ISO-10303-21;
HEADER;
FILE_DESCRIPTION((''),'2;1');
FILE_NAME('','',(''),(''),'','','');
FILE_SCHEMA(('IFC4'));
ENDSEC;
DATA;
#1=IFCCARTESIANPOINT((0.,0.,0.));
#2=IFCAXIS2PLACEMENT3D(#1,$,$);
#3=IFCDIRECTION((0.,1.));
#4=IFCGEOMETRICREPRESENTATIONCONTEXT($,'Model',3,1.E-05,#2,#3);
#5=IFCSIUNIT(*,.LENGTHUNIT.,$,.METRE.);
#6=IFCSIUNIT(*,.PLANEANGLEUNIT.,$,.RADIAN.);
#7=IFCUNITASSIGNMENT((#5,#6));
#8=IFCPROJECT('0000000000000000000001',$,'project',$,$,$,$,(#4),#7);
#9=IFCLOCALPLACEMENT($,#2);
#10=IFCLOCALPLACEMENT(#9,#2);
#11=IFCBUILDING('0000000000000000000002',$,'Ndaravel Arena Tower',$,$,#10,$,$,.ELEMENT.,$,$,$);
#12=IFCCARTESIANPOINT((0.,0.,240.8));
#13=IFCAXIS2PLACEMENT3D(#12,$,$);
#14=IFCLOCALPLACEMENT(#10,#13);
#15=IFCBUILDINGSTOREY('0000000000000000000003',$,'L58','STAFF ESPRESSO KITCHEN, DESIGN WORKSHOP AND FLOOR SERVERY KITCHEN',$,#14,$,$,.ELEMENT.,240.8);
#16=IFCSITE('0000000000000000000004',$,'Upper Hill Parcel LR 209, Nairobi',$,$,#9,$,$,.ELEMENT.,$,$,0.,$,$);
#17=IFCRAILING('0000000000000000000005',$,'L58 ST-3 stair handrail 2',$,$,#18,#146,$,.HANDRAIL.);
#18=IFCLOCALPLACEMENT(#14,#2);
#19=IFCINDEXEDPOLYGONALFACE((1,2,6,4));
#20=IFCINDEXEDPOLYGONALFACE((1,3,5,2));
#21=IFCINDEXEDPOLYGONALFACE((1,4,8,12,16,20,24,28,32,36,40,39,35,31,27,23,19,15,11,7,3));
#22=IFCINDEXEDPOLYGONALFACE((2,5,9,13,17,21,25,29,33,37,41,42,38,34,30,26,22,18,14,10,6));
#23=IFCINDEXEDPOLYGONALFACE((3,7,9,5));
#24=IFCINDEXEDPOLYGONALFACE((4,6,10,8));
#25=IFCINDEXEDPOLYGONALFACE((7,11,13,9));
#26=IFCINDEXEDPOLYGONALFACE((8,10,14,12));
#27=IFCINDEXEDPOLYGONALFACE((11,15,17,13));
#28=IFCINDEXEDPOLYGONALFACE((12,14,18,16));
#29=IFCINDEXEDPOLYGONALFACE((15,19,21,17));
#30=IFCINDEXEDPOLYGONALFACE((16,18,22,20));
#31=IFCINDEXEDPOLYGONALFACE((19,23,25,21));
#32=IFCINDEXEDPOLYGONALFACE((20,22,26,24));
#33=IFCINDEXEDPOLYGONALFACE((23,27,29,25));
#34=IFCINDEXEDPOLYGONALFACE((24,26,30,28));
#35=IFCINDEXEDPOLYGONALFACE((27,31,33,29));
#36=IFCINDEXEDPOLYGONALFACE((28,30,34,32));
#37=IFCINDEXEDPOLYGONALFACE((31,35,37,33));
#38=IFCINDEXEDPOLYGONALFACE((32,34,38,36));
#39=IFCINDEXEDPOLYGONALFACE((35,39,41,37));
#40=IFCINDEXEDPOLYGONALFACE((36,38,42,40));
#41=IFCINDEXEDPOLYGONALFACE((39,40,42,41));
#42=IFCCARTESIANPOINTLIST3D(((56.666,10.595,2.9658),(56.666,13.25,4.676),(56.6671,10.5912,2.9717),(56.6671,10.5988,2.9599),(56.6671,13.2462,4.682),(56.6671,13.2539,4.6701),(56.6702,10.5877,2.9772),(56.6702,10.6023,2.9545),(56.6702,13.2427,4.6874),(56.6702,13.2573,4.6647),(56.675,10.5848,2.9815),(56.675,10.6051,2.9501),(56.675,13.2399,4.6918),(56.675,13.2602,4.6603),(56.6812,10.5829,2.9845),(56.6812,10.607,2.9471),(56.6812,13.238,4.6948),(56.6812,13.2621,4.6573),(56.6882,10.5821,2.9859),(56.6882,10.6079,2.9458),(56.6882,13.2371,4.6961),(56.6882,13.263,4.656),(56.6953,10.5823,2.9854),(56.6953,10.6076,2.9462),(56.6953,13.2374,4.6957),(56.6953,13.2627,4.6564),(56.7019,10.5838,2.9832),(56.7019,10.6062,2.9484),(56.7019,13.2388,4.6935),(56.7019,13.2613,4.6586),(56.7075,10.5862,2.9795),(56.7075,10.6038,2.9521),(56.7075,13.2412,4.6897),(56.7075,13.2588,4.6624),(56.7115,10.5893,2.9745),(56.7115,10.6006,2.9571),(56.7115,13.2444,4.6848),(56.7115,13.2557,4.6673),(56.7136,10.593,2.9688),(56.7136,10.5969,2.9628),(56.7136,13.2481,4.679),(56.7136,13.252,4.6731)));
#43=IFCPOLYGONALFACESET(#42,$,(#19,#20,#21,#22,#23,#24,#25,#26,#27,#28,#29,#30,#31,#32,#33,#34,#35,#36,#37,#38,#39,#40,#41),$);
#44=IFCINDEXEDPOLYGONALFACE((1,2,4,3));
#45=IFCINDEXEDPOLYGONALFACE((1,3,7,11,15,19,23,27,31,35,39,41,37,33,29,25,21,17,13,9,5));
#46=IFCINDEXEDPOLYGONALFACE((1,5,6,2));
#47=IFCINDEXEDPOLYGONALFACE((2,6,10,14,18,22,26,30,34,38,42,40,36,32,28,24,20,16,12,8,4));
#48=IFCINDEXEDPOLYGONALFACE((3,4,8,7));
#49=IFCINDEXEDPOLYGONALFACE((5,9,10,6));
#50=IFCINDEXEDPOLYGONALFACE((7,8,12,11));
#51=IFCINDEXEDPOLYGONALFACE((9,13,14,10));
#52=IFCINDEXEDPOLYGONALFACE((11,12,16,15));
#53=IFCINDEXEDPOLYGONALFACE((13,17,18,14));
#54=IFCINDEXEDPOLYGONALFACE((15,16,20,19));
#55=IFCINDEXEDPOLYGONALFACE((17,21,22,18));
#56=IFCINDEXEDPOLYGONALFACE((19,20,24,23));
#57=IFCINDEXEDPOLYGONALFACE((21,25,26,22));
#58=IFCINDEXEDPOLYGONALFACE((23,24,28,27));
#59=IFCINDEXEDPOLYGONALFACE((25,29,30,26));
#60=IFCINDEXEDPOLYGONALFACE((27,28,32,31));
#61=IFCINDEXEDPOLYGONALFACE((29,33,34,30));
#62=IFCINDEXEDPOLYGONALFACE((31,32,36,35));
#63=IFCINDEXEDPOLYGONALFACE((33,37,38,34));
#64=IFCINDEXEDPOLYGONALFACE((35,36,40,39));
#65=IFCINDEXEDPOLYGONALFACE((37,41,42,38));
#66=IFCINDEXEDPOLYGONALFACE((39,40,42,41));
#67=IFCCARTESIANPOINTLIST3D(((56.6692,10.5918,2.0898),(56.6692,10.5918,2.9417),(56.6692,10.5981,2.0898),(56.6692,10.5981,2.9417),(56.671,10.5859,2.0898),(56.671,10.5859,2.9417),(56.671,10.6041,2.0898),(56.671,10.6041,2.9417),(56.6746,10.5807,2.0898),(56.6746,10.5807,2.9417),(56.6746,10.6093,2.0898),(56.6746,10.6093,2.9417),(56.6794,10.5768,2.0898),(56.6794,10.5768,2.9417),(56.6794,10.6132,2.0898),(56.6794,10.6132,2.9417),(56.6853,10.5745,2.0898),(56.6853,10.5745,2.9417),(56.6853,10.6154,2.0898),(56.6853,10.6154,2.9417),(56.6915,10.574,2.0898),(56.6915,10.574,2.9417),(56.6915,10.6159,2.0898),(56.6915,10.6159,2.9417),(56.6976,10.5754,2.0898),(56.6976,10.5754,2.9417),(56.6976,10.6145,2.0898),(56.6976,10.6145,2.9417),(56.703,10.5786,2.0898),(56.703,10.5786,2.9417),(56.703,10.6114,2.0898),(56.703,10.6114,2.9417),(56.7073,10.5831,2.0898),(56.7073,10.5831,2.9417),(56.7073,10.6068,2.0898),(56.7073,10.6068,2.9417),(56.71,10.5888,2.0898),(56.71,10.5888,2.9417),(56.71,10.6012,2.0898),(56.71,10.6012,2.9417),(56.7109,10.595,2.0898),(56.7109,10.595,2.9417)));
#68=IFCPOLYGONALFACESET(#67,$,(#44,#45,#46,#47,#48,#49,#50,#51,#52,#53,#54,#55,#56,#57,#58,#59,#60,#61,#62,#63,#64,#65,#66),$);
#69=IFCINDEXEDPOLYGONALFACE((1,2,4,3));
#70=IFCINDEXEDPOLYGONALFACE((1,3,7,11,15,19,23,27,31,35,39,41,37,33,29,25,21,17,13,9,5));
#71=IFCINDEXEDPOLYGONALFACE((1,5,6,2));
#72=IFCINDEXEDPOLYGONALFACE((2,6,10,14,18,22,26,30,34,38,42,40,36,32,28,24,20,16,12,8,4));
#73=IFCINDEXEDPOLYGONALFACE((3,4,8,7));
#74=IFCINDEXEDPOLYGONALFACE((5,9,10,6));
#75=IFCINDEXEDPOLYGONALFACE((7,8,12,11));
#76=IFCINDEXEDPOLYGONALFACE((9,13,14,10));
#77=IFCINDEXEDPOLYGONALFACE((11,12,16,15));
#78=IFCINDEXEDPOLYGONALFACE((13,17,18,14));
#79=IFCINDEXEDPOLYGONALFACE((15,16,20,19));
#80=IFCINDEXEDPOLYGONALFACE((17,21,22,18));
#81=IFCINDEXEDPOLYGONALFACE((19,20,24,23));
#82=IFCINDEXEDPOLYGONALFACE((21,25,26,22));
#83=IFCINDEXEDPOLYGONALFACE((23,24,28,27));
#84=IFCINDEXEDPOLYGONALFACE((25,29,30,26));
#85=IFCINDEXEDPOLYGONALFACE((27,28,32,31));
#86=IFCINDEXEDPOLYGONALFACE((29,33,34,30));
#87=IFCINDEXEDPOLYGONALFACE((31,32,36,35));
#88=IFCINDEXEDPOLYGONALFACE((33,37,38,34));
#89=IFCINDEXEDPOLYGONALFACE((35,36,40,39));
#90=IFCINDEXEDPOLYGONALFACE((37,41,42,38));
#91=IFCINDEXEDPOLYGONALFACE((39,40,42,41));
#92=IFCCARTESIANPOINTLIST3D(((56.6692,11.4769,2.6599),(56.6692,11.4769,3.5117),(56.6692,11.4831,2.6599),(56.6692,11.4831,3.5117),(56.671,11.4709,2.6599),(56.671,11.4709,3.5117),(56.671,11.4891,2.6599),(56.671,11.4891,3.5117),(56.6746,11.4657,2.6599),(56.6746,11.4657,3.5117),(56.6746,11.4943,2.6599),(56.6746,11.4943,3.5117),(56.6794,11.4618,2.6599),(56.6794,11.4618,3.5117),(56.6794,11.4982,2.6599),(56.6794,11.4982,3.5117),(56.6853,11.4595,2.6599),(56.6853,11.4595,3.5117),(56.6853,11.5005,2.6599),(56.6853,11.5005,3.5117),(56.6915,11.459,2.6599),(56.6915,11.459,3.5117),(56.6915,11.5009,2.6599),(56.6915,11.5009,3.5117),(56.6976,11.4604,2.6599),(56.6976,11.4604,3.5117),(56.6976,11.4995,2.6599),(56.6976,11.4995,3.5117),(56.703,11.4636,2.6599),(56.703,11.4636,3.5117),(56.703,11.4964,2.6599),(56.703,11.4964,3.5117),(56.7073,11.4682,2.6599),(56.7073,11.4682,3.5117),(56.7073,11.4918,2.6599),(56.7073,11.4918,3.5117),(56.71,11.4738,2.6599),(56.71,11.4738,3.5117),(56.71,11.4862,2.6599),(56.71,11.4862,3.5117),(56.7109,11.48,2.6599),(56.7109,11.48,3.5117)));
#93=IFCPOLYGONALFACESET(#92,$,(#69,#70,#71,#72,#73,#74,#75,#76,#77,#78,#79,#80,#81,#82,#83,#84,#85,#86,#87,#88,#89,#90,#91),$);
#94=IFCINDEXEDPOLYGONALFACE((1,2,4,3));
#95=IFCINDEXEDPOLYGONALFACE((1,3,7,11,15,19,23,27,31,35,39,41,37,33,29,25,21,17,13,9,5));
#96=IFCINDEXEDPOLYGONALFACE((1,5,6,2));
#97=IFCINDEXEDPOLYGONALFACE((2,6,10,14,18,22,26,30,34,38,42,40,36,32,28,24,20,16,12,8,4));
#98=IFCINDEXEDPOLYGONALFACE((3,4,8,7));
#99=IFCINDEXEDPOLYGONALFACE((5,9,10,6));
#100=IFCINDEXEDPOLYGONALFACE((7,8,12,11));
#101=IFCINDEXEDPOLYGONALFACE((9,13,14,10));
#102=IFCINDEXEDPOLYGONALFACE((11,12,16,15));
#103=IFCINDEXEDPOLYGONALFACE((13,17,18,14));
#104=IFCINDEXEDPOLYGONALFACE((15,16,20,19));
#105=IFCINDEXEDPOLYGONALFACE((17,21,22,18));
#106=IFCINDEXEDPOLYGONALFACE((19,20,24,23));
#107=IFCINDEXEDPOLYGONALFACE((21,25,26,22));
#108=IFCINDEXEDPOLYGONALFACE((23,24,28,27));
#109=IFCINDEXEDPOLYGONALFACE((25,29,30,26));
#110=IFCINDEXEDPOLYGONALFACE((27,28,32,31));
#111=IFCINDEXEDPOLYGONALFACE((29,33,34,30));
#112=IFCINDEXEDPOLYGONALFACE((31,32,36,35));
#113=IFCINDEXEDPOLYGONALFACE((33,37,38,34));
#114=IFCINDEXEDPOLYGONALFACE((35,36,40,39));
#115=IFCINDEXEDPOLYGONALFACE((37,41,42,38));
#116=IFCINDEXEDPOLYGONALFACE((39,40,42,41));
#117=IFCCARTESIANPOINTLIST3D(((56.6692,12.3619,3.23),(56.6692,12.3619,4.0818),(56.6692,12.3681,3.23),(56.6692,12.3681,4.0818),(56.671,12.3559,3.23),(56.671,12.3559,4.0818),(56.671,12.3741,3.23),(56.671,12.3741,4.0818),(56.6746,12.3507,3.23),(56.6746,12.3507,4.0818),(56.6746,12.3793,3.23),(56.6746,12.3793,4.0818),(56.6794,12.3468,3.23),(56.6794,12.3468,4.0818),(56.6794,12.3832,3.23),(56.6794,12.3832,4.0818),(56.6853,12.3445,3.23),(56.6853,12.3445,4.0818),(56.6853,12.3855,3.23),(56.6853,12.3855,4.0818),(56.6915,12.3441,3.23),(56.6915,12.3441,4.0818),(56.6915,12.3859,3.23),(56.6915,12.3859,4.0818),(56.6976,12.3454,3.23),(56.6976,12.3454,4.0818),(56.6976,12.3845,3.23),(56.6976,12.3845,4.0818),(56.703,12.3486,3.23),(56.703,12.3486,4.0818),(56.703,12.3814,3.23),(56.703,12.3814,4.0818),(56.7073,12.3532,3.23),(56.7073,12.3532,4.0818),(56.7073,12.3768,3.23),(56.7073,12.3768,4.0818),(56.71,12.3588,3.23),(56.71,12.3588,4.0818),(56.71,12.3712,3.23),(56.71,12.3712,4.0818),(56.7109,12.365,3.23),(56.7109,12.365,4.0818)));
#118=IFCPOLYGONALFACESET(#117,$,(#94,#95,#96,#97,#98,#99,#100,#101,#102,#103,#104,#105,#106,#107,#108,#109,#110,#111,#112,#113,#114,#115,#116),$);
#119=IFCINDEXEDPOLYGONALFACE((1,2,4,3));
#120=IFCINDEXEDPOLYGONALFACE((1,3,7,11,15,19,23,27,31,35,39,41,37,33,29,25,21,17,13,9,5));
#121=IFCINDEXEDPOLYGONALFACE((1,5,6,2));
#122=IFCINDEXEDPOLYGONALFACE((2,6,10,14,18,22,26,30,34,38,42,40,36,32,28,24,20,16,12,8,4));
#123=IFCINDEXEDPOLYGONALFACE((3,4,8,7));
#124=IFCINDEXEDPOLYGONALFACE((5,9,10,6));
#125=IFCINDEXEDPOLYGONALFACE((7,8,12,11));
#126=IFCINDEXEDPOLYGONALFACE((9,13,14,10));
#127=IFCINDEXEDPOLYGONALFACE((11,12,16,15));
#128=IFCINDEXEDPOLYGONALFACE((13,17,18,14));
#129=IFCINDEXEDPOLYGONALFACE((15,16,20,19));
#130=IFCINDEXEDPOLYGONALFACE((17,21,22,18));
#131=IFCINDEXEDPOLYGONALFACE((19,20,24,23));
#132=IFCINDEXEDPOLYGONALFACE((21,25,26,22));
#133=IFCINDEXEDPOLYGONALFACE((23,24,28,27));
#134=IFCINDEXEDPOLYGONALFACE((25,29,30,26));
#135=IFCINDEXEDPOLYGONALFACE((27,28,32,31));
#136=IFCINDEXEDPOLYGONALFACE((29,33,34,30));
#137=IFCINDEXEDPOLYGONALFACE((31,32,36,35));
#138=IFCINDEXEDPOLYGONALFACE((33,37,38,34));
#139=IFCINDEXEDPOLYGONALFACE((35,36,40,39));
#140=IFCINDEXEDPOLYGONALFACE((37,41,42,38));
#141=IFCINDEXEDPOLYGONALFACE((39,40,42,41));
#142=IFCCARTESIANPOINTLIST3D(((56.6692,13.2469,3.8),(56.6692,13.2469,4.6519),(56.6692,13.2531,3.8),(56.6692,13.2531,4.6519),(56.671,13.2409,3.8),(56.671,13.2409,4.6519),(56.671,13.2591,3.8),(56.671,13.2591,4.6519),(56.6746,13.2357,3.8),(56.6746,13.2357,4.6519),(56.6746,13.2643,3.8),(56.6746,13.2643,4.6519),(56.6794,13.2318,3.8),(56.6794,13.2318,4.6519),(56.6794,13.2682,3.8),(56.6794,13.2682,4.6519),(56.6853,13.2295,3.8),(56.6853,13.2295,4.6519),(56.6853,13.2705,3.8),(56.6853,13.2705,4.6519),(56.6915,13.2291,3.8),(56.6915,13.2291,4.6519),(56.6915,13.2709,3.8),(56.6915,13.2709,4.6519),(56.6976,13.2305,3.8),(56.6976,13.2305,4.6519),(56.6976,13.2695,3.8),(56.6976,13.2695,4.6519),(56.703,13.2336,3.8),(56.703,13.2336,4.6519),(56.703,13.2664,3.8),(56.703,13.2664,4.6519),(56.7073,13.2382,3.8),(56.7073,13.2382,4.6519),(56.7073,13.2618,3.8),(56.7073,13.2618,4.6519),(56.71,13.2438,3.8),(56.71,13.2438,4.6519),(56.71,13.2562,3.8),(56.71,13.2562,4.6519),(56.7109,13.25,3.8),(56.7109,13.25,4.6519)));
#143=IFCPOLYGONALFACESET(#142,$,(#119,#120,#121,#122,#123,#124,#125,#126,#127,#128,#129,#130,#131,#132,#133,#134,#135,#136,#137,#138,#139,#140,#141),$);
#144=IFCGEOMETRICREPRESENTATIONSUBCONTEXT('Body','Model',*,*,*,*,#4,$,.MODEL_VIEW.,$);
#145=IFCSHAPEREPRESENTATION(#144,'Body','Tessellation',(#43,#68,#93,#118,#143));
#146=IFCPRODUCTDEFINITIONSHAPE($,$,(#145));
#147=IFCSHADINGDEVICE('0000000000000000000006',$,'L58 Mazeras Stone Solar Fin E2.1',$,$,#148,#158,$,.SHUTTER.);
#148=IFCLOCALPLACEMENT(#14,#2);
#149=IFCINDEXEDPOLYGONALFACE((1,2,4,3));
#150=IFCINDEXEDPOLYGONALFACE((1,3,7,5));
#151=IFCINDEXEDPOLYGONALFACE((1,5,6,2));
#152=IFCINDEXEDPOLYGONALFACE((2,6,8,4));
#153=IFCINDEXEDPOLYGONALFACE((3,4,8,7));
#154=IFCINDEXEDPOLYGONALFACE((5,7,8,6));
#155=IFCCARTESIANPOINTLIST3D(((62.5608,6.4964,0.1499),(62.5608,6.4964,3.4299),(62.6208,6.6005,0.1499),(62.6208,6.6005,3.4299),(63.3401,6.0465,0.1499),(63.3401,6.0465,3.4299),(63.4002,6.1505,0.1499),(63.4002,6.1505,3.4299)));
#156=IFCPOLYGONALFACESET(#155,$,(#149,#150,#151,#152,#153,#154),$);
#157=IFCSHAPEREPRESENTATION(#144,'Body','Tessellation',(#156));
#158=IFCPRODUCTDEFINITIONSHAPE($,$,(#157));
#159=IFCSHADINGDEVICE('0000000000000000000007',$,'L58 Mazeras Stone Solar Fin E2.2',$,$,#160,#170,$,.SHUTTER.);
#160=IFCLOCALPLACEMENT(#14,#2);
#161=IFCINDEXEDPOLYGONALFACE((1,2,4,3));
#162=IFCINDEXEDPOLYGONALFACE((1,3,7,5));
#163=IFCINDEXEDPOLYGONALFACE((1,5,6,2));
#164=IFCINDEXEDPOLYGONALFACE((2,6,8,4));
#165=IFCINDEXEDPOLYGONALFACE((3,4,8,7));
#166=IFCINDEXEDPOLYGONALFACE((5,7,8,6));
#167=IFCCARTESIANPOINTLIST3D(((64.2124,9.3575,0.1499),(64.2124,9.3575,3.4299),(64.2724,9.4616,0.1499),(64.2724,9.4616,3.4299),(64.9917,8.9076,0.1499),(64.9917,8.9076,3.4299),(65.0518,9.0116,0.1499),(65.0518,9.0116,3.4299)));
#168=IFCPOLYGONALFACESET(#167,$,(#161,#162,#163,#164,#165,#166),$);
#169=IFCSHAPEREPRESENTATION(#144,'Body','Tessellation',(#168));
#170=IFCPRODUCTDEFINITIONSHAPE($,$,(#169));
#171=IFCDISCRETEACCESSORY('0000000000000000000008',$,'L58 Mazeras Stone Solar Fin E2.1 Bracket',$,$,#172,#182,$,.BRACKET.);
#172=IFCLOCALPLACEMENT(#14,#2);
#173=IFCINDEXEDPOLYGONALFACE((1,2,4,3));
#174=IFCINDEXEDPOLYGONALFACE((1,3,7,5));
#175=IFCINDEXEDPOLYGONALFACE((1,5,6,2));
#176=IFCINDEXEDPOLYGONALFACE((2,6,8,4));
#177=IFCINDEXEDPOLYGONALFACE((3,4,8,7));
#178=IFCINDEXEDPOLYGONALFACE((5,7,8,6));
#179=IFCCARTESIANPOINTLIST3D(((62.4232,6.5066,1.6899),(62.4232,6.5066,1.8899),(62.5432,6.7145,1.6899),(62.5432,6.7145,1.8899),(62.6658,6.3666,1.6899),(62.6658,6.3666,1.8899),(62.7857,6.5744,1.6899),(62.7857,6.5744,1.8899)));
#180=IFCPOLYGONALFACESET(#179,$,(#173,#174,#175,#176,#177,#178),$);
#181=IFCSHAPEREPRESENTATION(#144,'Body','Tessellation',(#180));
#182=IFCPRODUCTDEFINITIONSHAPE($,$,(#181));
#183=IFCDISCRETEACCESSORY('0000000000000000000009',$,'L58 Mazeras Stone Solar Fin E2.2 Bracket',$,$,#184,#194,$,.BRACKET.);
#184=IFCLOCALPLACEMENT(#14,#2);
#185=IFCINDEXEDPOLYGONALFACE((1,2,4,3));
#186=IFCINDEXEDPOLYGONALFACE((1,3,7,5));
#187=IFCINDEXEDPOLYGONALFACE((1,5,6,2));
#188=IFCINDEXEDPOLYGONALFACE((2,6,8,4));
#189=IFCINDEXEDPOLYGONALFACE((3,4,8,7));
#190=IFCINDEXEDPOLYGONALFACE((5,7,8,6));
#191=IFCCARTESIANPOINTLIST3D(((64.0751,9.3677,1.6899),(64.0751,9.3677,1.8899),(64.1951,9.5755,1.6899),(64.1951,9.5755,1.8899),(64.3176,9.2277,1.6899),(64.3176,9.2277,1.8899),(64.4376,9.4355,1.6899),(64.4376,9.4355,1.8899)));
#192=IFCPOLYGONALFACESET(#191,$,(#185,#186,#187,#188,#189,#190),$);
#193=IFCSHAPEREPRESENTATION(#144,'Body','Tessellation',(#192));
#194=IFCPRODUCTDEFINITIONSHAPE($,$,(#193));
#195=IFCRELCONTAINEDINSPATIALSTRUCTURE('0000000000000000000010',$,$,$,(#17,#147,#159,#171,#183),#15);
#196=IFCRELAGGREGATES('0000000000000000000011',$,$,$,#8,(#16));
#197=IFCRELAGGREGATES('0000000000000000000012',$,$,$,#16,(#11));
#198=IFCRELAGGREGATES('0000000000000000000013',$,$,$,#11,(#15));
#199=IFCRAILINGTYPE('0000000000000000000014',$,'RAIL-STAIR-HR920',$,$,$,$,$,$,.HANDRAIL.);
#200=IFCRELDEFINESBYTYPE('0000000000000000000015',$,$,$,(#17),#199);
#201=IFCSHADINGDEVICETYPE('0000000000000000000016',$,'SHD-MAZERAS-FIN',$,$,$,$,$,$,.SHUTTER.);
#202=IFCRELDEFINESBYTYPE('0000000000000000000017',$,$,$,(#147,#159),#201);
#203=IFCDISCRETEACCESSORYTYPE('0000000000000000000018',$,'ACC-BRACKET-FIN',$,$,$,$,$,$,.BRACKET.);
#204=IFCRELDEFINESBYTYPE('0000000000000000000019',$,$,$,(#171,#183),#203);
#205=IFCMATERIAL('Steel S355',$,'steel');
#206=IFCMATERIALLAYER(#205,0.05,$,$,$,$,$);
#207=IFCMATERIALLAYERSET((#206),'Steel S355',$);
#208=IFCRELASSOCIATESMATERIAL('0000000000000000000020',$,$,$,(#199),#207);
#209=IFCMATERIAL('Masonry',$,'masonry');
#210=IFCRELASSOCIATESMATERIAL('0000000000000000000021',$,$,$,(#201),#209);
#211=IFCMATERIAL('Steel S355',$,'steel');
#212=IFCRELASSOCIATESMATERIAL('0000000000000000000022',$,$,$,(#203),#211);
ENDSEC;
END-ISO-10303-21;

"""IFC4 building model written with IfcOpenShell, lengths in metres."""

from ifc_helpers import new_model, si_unit, direction, frame, origin, origin_2d, place, context, subcontext, project, spatial, rectangle, circle, extrude, material, layer, layer_set, type_object, element, save


model = new_model("IFC4")

# Units and contexts
model_context = context("Model", 3, precision=1e-05, world=origin(), true_north=direction((0.0, 1.0)))
body_context = subcontext(model_context, "Body", "Model", "MODEL_VIEW")
ifc_project = project(units=[si_unit("LENGTHUNIT", "METRE"), si_unit("PLANEANGLEUNIT", "RADIAN")], contexts=[model_context])

# Site, building, storey
site_placement = place(None, origin())
site = spatial("IfcSite", under=ifc_project, at=site_placement, Name="Upper Hill Parcel LR 209, Nairobi", CompositionType="ELEMENT", RefElevation=0.0)
building_placement = place(site_placement, origin())
building = spatial("IfcBuilding", under=site, at=building_placement, Name="Ndaravel Arena Tower", CompositionType="ELEMENT")
storey_placement = place(building_placement, frame((0.0, 0.0, 240.8)))
storey = spatial("IfcBuildingStorey", under=building, at=storey_placement, Name="L58", Description="STAFF ESPRESSO KITCHEN, DESIGN WORKSHOP AND FLOOR SERVERY KITCHEN", CompositionType="ELEMENT", Elevation=240.8)

# Railing
ifc_material_1 = material(Name="Steel S355", Category="steel")
ifc_layer_1 = layer(ifc_material_1, 0.05)
ifc_layer_set_1 = layer_set([ifc_layer_1], Name="Steel S355")
railing_type_1 = type_object("IfcRailingType", Name="RAIL-STAIR-HR920", PredefinedType="HANDRAIL", material=ifc_layer_set_1)
railing_1_placement = place(storey_placement, frame((56.6899, 10.595, 2.0898)))
element("IfcRailing", 1, at=railing_1_placement, inside=storey, type_object=railing_type_1, Name="L58 ST-3 stair handrail 2", PredefinedType="HANDRAIL", context=body_context, shape_type="SweptSolid", body=[
    extrude(circle(Radius=0.0239, at=origin_2d()), frame((0.0, 0.0, 0.876), z_axis=(0.0, 0.840688, 0.541519), x_axis=(-1.0, 0.0, 0.0)), (0.0, 0.0, 1.0), 3.1582),
    extrude(circle(Radius=0.021, at=origin_2d()), origin(), (0.0, 0.0, 1.0), 0.8518),
    extrude(circle(Radius=0.021, at=origin_2d()), frame((0.0, 0.885, 0.5701)), (0.0, 0.0, 1.0), 0.8518),
    extrude(circle(Radius=0.021, at=origin_2d()), frame((0.0, 1.77, 1.1401)), (0.0, 0.0, 1.0), 0.8518),
    extrude(circle(Radius=0.021, at=origin_2d()), frame((0.0, 2.655, 1.7102)), (0.0, 0.0, 1.0), 0.8518),
])

# Shading devices
ifc_material_2 = material(Name="Masonry", Category="masonry")
shading_device_type = type_object("IfcShadingDeviceType", Name="SHD-MAZERAS-FIN", PredefinedType="SHUTTER", material=ifc_material_2)
for number, where, z_axis, x_axis, name in (
    (2, (62.9805, 6.3235, 0.1499), (0.0, 0.0, 1.0), (0.866025, -0.5, 0.0), "L58 Mazeras Stone Solar Fin E2.1"),
    (3, (64.6321, 9.1846, 0.1499), (0.0, 0.0, 1.0), (0.866025, -0.5, 0.0), "L58 Mazeras Stone Solar Fin E2.2"),
):
    element("IfcShadingDevice", number, at=place(storey_placement, frame(where, z_axis=z_axis, x_axis=x_axis)), inside=storey, type_object=shading_device_type, Name=name, PredefinedType="SHUTTER", context=body_context, shape_type="SweptSolid", body=[
        extrude(rectangle(XDim=0.8999, YDim=0.1201, at=origin_2d()), origin(), (0.0, 0.0, 1.0), 3.28),
    ])

# Discrete accessories
ifc_material_3 = material(Name="Steel S355", Category="steel")
discrete_accessory_type = type_object("IfcDiscreteAccessoryType", Name="ACC-BRACKET-FIN", PredefinedType="BRACKET", material=ifc_material_3)
for number, where, z_axis, x_axis, name in (
    (4, (62.6045, 6.5405, 1.6899), (0.0, 0.0, 1.0), (0.866025, -0.5, 0.0), "L58 Mazeras Stone Solar Fin E2.1 Bracket"),
    (5, (64.2563, 9.4016, 1.6899), (0.0, 0.0, 1.0), (0.866025, -0.5, 0.0), "L58 Mazeras Stone Solar Fin E2.2 Bracket"),
):
    element("IfcDiscreteAccessory", number, at=place(storey_placement, frame(where, z_axis=z_axis, x_axis=x_axis)), inside=storey, type_object=discrete_accessory_type, Name=name, PredefinedType="BRACKET", context=body_context, shape_type="SweptSolid", body=[
        extrude(rectangle(XDim=0.28, YDim=0.24, at=origin_2d()), origin(), (0.0, 0.0, 1.0), 0.2),
    ])

save(model, "model.ifc")
